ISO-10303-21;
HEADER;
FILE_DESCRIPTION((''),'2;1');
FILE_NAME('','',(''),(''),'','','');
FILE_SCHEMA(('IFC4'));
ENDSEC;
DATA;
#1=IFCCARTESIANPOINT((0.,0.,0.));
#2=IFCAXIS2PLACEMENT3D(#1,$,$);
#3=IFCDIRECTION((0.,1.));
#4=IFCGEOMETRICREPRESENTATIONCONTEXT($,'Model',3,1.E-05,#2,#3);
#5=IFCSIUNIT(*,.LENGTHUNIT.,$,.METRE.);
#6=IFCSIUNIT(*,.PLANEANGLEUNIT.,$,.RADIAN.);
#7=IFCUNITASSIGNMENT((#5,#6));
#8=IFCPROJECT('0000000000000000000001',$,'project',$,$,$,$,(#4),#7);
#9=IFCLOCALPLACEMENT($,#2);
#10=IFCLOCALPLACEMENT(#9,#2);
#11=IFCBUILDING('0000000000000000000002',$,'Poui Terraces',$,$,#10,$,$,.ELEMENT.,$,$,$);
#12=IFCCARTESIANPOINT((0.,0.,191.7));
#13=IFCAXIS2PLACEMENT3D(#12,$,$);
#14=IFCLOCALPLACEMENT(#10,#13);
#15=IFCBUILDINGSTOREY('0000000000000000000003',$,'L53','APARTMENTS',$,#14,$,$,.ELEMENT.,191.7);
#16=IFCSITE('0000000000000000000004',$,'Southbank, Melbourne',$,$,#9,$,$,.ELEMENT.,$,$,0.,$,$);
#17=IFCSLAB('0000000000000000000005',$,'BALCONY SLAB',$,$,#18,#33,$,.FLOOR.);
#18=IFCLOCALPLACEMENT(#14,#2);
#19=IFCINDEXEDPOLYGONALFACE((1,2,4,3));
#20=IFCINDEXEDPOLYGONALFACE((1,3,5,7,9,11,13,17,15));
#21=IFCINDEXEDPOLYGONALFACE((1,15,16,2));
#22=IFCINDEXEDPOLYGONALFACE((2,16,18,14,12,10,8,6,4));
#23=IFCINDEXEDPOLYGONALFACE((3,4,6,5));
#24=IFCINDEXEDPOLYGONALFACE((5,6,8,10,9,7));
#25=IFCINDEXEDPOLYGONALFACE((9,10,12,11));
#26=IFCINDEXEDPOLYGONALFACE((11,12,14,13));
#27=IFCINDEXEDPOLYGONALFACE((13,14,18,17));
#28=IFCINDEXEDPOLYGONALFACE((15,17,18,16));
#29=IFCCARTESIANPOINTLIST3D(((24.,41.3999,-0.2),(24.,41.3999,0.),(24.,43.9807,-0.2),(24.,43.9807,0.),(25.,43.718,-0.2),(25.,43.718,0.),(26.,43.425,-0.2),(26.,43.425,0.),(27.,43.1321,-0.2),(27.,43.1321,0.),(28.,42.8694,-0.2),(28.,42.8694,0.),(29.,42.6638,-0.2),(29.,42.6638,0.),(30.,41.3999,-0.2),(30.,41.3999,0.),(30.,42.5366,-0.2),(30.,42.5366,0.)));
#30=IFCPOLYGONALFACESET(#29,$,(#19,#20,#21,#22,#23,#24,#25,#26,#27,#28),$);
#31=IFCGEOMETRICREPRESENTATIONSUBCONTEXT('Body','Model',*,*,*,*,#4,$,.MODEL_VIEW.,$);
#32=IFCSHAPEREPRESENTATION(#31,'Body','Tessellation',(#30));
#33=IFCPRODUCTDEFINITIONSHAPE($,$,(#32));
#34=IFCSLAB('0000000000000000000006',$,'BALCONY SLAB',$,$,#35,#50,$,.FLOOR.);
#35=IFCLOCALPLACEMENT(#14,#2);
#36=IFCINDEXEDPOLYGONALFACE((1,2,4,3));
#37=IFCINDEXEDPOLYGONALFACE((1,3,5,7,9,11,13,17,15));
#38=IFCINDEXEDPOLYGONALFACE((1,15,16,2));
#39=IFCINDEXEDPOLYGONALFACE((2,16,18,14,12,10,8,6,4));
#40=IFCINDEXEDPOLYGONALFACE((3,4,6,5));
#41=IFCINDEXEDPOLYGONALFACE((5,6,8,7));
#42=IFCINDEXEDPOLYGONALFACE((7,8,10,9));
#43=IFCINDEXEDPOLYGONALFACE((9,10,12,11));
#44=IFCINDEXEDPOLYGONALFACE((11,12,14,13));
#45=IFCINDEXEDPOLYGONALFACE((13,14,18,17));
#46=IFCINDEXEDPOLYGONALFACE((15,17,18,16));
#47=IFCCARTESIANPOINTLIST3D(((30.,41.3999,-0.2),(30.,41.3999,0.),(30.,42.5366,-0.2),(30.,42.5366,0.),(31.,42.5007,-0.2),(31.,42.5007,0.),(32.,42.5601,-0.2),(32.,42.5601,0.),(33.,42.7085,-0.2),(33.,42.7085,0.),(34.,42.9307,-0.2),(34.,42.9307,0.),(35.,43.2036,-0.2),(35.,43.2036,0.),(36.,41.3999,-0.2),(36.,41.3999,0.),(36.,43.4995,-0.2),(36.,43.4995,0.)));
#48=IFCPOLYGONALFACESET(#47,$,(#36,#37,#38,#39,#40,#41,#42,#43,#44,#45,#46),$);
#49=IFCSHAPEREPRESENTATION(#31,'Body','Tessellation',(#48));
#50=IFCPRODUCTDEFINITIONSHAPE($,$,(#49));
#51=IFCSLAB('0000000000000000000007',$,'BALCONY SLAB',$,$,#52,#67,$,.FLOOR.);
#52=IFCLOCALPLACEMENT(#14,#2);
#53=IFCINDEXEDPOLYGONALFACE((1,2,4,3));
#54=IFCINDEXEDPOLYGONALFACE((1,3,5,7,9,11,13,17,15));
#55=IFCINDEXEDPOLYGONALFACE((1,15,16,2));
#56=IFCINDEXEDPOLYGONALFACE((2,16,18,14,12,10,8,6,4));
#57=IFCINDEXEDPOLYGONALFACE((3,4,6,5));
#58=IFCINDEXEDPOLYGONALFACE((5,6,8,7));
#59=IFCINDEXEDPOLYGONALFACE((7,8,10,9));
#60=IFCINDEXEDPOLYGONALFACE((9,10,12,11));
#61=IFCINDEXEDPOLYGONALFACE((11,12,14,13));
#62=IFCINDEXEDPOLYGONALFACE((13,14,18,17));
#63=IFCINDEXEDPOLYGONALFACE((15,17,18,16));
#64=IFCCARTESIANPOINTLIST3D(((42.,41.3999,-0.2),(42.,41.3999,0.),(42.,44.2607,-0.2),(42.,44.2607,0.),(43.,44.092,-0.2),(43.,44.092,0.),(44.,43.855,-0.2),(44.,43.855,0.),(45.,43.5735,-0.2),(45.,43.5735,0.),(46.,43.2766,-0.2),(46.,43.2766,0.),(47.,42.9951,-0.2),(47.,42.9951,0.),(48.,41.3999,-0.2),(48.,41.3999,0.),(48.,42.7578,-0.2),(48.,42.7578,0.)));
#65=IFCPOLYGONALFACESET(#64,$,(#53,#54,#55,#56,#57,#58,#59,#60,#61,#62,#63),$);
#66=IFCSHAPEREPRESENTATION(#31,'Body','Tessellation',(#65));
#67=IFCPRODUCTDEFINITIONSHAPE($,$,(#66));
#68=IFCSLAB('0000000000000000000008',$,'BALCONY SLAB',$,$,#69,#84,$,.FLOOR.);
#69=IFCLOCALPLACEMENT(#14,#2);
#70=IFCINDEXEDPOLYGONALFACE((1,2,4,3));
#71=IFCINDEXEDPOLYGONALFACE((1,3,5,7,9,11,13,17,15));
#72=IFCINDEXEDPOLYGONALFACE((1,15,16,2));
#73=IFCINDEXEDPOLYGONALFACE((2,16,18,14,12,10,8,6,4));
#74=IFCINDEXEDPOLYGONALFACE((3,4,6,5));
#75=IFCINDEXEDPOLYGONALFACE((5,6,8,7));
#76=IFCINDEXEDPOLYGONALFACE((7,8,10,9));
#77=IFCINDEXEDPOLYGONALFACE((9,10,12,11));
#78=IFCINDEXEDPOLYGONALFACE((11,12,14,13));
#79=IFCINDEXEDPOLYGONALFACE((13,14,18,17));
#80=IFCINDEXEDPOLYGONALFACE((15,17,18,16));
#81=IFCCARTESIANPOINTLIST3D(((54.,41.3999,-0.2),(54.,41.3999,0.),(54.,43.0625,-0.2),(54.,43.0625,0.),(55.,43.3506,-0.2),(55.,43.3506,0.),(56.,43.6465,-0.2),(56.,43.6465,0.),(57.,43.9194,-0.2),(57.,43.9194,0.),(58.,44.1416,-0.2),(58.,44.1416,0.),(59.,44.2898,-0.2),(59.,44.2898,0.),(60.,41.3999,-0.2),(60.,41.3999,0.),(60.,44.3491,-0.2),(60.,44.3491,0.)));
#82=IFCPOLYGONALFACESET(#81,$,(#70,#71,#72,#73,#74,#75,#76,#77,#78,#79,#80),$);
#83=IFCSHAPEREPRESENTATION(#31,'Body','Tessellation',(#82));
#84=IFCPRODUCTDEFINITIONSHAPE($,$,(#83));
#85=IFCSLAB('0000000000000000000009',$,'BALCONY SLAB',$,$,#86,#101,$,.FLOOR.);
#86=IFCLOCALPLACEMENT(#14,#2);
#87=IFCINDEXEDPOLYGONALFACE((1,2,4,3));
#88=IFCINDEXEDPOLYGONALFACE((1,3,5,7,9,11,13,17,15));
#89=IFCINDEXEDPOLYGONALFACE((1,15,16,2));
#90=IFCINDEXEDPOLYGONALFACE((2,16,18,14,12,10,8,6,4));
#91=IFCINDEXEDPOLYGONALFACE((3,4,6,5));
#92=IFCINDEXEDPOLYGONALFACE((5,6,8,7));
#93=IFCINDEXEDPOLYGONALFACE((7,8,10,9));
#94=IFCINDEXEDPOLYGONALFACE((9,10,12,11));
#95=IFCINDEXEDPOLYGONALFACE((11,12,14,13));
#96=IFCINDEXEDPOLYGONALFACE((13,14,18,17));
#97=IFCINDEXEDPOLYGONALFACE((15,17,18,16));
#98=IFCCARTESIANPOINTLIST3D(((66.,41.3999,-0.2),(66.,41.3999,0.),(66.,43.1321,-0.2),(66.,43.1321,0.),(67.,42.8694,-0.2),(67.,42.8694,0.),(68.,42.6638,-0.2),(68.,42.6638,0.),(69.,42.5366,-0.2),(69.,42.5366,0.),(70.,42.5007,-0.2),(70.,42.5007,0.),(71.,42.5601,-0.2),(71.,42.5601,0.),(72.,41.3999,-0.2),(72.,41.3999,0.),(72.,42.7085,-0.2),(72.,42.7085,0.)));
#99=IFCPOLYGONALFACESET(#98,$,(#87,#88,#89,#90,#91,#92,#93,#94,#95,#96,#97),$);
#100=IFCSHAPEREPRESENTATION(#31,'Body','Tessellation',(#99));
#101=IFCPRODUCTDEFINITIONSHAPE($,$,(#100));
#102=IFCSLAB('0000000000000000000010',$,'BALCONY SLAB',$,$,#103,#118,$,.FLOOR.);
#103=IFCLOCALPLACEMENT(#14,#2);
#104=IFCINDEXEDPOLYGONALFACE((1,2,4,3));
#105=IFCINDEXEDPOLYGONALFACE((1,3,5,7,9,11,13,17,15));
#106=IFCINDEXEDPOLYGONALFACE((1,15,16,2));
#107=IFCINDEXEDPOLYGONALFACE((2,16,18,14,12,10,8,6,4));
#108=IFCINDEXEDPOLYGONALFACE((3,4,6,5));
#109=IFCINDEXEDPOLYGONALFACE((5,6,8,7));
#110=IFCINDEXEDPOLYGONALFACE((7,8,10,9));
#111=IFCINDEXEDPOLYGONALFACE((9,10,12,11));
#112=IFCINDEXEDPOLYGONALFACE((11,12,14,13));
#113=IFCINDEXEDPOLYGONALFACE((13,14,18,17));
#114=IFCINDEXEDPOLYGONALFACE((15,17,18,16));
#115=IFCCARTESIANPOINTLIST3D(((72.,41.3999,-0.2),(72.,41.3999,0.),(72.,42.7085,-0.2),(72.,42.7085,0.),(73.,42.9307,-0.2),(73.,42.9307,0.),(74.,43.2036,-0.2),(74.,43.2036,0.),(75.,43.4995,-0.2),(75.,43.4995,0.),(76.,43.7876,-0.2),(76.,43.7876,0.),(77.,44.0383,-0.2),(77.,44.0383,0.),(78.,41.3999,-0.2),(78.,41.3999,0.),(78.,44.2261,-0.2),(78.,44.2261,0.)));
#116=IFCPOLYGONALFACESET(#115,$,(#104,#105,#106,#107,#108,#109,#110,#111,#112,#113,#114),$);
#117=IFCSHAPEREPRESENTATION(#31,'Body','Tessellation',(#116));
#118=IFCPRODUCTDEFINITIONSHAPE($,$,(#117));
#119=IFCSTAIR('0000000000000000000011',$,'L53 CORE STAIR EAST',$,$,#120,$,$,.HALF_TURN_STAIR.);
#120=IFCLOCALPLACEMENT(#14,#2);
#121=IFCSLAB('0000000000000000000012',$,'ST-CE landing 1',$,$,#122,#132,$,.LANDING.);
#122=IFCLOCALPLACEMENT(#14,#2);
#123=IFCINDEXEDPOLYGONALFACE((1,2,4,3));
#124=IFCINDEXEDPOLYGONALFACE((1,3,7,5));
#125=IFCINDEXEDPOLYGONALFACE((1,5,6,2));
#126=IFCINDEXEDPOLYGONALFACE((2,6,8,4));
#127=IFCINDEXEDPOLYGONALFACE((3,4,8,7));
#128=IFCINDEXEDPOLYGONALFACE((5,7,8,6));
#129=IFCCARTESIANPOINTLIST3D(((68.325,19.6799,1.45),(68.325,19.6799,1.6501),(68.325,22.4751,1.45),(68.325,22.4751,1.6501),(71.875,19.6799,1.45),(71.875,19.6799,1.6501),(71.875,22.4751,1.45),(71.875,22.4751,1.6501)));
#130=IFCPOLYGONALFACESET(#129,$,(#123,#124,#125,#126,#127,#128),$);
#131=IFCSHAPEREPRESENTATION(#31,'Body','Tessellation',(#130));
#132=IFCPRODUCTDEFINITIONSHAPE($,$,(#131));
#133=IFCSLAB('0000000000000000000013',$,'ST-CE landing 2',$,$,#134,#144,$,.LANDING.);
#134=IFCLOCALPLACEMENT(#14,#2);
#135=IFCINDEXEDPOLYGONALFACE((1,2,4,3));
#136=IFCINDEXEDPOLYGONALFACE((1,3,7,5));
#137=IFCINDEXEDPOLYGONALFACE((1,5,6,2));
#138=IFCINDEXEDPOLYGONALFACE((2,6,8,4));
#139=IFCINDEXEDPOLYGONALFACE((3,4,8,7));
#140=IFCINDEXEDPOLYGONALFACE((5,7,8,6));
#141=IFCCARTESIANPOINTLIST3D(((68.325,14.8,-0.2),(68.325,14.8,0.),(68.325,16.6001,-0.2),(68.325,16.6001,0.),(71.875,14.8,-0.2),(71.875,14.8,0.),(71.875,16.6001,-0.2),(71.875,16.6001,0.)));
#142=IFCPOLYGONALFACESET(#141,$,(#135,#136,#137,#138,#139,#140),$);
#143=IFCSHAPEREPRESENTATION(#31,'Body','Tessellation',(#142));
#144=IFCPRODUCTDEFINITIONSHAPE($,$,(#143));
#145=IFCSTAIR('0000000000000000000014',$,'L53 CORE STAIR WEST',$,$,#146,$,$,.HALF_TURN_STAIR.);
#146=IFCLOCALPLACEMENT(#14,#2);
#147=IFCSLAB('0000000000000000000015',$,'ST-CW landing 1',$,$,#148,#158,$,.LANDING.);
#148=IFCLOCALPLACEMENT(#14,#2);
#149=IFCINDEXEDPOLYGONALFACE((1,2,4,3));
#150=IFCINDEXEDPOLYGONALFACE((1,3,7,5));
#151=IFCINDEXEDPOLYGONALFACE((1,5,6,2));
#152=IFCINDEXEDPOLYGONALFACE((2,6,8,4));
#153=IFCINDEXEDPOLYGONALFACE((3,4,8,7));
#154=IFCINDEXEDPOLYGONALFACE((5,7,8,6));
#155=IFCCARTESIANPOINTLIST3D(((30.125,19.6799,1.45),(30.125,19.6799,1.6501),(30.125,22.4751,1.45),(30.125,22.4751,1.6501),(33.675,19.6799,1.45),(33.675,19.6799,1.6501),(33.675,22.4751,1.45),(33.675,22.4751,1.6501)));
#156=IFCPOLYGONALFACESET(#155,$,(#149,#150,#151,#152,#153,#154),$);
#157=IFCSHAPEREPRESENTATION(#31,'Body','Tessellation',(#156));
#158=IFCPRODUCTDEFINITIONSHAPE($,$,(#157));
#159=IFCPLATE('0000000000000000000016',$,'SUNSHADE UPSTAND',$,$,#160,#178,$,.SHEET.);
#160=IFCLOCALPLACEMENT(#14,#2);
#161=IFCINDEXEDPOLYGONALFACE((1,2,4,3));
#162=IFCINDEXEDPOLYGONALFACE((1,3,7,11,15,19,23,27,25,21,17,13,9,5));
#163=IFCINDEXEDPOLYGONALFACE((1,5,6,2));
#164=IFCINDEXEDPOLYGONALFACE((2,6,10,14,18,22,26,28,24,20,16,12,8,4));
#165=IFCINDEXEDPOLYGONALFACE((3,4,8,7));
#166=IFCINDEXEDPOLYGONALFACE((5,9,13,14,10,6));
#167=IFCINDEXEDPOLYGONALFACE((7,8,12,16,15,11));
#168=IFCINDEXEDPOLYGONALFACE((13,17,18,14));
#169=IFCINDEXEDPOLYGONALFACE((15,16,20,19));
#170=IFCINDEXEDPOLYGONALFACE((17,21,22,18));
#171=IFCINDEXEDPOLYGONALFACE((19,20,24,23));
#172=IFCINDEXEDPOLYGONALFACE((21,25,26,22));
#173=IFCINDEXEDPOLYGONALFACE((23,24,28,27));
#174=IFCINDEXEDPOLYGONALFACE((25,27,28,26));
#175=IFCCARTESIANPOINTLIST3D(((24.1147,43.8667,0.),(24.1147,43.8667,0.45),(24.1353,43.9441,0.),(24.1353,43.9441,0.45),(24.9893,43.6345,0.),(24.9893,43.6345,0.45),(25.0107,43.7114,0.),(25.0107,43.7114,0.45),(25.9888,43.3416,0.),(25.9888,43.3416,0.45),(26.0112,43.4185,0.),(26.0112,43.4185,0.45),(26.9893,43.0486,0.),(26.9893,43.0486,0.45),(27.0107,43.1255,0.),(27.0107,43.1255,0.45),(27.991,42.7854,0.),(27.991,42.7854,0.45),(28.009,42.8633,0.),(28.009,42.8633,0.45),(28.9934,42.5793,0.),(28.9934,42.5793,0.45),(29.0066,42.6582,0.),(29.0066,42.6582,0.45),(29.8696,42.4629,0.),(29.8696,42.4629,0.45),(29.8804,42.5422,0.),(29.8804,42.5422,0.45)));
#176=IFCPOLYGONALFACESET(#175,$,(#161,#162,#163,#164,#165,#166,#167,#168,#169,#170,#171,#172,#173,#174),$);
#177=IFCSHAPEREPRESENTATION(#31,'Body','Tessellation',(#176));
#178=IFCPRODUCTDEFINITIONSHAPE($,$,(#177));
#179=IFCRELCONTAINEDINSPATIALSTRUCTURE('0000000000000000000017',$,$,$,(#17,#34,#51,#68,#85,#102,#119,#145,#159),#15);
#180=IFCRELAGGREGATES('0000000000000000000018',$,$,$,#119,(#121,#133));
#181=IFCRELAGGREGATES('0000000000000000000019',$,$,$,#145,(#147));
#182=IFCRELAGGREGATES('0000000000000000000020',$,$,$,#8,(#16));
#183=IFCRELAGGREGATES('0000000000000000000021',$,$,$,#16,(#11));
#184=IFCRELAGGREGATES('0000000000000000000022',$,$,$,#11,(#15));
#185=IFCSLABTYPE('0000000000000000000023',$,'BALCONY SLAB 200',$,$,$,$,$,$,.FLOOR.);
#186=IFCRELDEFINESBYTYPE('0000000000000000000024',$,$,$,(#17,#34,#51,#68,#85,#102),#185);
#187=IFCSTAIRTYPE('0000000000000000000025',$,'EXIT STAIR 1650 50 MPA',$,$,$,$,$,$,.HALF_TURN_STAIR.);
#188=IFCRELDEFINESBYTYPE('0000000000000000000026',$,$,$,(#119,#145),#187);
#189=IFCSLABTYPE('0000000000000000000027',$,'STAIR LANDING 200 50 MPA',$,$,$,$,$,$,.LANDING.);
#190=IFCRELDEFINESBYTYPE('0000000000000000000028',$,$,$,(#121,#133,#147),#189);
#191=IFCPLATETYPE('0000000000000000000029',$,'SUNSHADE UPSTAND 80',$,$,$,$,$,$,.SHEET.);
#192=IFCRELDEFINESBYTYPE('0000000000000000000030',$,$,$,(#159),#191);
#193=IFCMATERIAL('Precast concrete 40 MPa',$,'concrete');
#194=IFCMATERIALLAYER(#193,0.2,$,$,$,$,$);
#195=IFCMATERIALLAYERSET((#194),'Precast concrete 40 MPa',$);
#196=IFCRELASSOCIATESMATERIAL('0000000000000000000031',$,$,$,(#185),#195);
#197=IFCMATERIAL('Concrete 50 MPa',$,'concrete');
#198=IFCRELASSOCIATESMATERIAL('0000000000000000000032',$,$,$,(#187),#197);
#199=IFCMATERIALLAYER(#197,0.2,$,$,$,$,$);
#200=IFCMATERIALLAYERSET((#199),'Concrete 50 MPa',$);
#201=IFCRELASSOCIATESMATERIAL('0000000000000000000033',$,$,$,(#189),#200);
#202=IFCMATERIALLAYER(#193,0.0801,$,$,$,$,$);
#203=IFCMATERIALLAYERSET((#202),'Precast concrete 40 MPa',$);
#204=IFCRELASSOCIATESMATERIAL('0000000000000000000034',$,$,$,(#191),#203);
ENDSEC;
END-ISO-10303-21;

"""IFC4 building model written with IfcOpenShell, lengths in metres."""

from ifc_helpers import new_model, si_unit, direction, frame, origin, place, context, subcontext, project, spatial, polyline, outline, extrude, material, layer, layer_set, type_object, element, aggregate, save


model = new_model("IFC4")

# Units and contexts
model_context = context("Model", 3, precision=1e-05, world=origin(), true_north=direction((0.0, 1.0)))
body_context = subcontext(model_context, "Body", "Model", "MODEL_VIEW")
ifc_project = project(units=[si_unit("LENGTHUNIT", "METRE"), si_unit("PLANEANGLEUNIT", "RADIAN")], contexts=[model_context])

# Site, building, storey
site_placement = place(None, origin())
site = spatial("IfcSite", under=ifc_project, at=site_placement, Name="Southbank, Melbourne", CompositionType="ELEMENT", RefElevation=0.0)
building_placement = place(site_placement, origin())
building = spatial("IfcBuilding", under=site, at=building_placement, Name="Poui Terraces", CompositionType="ELEMENT")
storey_placement = place(building_placement, frame((0.0, 0.0, 191.7)))
storey = spatial("IfcBuildingStorey", under=building, at=storey_placement, Name="L53", Description="APARTMENTS", CompositionType="ELEMENT", Elevation=191.7)

# Slabs
ifc_material_1 = material(Name="Precast concrete 40 MPa", Category="concrete")
ifc_layer_1 = layer(ifc_material_1, 0.2)
ifc_layer_set_1 = layer_set([ifc_layer_1], Name="Precast concrete 40 MPa")
slab_type_1 = type_object("IfcSlabType", Name="BALCONY SLAB 200", PredefinedType="FLOOR", material=ifc_layer_set_1)
slab_1_placement = place(storey_placement, frame((0.0, 0.0, -0.2)))
element("IfcSlab", 1, at=slab_1_placement, inside=storey, type_object=slab_type_1, Name="BALCONY SLAB", PredefinedType="FLOOR", context=body_context, shape_type="SweptSolid", body=[
    extrude(outline(polyline([(24.0, 41.3999), (30.0, 41.3999), (30.0, 42.5366), (29.0, 42.6638), (28.0, 42.8694), (27.0, 43.1321), (26.0, 43.425), (25.0, 43.718), (24.0, 43.9807), (24.0, 41.3999)])), origin(), (0.0, 0.0, 1.0), 0.2),
])
slab_2_placement = place(storey_placement, frame((0.0, 0.0, -0.2)))
element("IfcSlab", 2, at=slab_2_placement, inside=storey, type_object=slab_type_1, Name="BALCONY SLAB", PredefinedType="FLOOR", context=body_context, shape_type="SweptSolid", body=[
    extrude(outline(polyline([(30.0, 41.3999), (36.0, 41.3999), (36.0, 43.4995), (35.0, 43.2036), (34.0, 42.9307), (33.0, 42.7085), (32.0, 42.5601), (31.0, 42.5007), (30.0, 42.5366), (30.0, 41.3999)])), origin(), (0.0, 0.0, 1.0), 0.2),
])
slab_3_placement = place(storey_placement, frame((0.0, 0.0, -0.2)))
element("IfcSlab", 3, at=slab_3_placement, inside=storey, type_object=slab_type_1, Name="BALCONY SLAB", PredefinedType="FLOOR", context=body_context, shape_type="SweptSolid", body=[
    extrude(outline(polyline([(42.0, 41.3999), (48.0, 41.3999), (48.0, 42.7578), (47.0, 42.9951), (46.0, 43.2766), (45.0, 43.5735), (44.0, 43.855), (43.0, 44.092), (42.0, 44.2607), (42.0, 41.3999)])), origin(), (0.0, 0.0, 1.0), 0.2),
])
slab_4_placement = place(storey_placement, frame((0.0, 0.0, -0.2)))
element("IfcSlab", 4, at=slab_4_placement, inside=storey, type_object=slab_type_1, Name="BALCONY SLAB", PredefinedType="FLOOR", context=body_context, shape_type="SweptSolid", body=[
    extrude(outline(polyline([(54.0, 41.3999), (60.0, 41.3999), (60.0, 44.3491), (59.0, 44.2898), (58.0, 44.1416), (57.0, 43.9194), (56.0, 43.6465), (55.0, 43.3506), (54.0, 43.0625), (54.0, 41.3999)])), origin(), (0.0, 0.0, 1.0), 0.2),
])
slab_5_placement = place(storey_placement, frame((0.0, 0.0, -0.2)))
element("IfcSlab", 5, at=slab_5_placement, inside=storey, type_object=slab_type_1, Name="BALCONY SLAB", PredefinedType="FLOOR", context=body_context, shape_type="SweptSolid", body=[
    extrude(outline(polyline([(66.0, 41.3999), (72.0, 41.3999), (72.0, 42.7085), (71.0, 42.5601), (70.0, 42.5007), (69.0, 42.5366), (68.0, 42.6638), (67.0, 42.8694), (66.0, 43.1321), (66.0, 41.3999)])), origin(), (0.0, 0.0, 1.0), 0.2),
])
slab_6_placement = place(storey_placement, frame((0.0, 0.0, -0.2)))
element("IfcSlab", 6, at=slab_6_placement, inside=storey, type_object=slab_type_1, Name="BALCONY SLAB", PredefinedType="FLOOR", context=body_context, shape_type="SweptSolid", body=[
    extrude(outline(polyline([(72.0, 41.3999), (78.0, 41.3999), (78.0, 44.2261), (77.0, 44.0383), (76.0, 43.7876), (75.0, 43.4995), (74.0, 43.2036), (73.0, 42.9307), (72.0, 42.7085), (72.0, 41.3999)])), origin(), (0.0, 0.0, 1.0), 0.2),
])

# Stair, slabs
ifc_material_2 = material(Name="Concrete 50 MPa", Category="concrete")
stair_type = type_object("IfcStairType", Name="EXIT STAIR 1650 50 MPA", PredefinedType="HALF_TURN_STAIR", material=ifc_material_2)
stair_1_placement = place(storey_placement, origin())
stair_1 = element("IfcStair", 7, at=stair_1_placement, inside=storey, type_object=stair_type, Name="L53 CORE STAIR EAST", PredefinedType="HALF_TURN_STAIR")
ifc_layer_2 = layer(ifc_material_2, 0.2)
ifc_layer_set_2 = layer_set([ifc_layer_2], Name="Concrete 50 MPa")
slab_type_2 = type_object("IfcSlabType", Name="STAIR LANDING 200 50 MPA", PredefinedType="LANDING", material=ifc_layer_set_2)
slab_7_placement = place(storey_placement, frame((0.0, 0.0, 1.45)))
slab_7 = element("IfcSlab", 8, at=slab_7_placement, type_object=slab_type_2, Name="ST-CE landing 1", PredefinedType="LANDING", context=body_context, shape_type="SweptSolid", body=[
    extrude(outline(polyline([(68.325, 19.6799), (71.875, 19.6799), (71.875, 22.4751), (68.325, 22.4751), (68.325, 19.6799)])), origin(), (0.0, 0.0, 1.0), 0.2002),
])
slab_8_placement = place(storey_placement, frame((0.0, 0.0, -0.2)))
slab_8 = element("IfcSlab", 9, at=slab_8_placement, type_object=slab_type_2, Name="ST-CE landing 2", PredefinedType="LANDING", context=body_context, shape_type="SweptSolid", body=[
    extrude(outline(polyline([(68.325, 14.8), (71.875, 14.8), (71.875, 16.6001), (68.325, 16.6001), (68.325, 14.8)])), origin(), (0.0, 0.0, 1.0), 0.2),
])
aggregate(stair_1, [slab_7, slab_8])

# Stair, slab
stair_2_placement = place(storey_placement, origin())
stair_2 = element("IfcStair", 10, at=stair_2_placement, inside=storey, type_object=stair_type, Name="L53 CORE STAIR WEST", PredefinedType="HALF_TURN_STAIR")
slab_9_placement = place(storey_placement, frame((0.0, 0.0, 1.45)))
slab_9 = element("IfcSlab", 11, at=slab_9_placement, type_object=slab_type_2, Name="ST-CW landing 1", PredefinedType="LANDING", context=body_context, shape_type="SweptSolid", body=[
    extrude(outline(polyline([(30.125, 19.6799), (33.675, 19.6799), (33.675, 22.4751), (30.125, 22.4751), (30.125, 19.6799)])), origin(), (0.0, 0.0, 1.0), 0.2002),
])
aggregate(stair_2, [slab_9])

# Plate
ifc_layer_3 = layer(ifc_material_1, 0.0801)
ifc_layer_set_3 = layer_set([ifc_layer_3], Name="Precast concrete 40 MPa")
plate_type = type_object("IfcPlateType", Name="SUNSHADE UPSTAND 80", PredefinedType="SHEET", material=ifc_layer_set_3)
plate_1_placement = place(storey_placement, origin())
element("IfcPlate", 12, at=plate_1_placement, inside=storey, type_object=plate_type, Name="SUNSHADE UPSTAND", PredefinedType="SHEET", context=body_context, shape_type="SweptSolid", body=[
    extrude(outline(polyline([(25.0107, 43.7114), (24.1353, 43.9441), (24.1147, 43.8667), (24.9893, 43.6345), (25.9888, 43.3416), (26.9893, 43.0486), (27.991, 42.7854), (28.9934, 42.5793), (29.8696, 42.4629), (29.8804, 42.5422), (29.0066, 42.6582), (28.009, 42.8633), (27.0107, 43.1255), (26.0112, 43.4185), (25.0107, 43.7114)])), origin(), (0.0, 0.0, 1.0), 0.45),
])

save(model, "model.ifc")
